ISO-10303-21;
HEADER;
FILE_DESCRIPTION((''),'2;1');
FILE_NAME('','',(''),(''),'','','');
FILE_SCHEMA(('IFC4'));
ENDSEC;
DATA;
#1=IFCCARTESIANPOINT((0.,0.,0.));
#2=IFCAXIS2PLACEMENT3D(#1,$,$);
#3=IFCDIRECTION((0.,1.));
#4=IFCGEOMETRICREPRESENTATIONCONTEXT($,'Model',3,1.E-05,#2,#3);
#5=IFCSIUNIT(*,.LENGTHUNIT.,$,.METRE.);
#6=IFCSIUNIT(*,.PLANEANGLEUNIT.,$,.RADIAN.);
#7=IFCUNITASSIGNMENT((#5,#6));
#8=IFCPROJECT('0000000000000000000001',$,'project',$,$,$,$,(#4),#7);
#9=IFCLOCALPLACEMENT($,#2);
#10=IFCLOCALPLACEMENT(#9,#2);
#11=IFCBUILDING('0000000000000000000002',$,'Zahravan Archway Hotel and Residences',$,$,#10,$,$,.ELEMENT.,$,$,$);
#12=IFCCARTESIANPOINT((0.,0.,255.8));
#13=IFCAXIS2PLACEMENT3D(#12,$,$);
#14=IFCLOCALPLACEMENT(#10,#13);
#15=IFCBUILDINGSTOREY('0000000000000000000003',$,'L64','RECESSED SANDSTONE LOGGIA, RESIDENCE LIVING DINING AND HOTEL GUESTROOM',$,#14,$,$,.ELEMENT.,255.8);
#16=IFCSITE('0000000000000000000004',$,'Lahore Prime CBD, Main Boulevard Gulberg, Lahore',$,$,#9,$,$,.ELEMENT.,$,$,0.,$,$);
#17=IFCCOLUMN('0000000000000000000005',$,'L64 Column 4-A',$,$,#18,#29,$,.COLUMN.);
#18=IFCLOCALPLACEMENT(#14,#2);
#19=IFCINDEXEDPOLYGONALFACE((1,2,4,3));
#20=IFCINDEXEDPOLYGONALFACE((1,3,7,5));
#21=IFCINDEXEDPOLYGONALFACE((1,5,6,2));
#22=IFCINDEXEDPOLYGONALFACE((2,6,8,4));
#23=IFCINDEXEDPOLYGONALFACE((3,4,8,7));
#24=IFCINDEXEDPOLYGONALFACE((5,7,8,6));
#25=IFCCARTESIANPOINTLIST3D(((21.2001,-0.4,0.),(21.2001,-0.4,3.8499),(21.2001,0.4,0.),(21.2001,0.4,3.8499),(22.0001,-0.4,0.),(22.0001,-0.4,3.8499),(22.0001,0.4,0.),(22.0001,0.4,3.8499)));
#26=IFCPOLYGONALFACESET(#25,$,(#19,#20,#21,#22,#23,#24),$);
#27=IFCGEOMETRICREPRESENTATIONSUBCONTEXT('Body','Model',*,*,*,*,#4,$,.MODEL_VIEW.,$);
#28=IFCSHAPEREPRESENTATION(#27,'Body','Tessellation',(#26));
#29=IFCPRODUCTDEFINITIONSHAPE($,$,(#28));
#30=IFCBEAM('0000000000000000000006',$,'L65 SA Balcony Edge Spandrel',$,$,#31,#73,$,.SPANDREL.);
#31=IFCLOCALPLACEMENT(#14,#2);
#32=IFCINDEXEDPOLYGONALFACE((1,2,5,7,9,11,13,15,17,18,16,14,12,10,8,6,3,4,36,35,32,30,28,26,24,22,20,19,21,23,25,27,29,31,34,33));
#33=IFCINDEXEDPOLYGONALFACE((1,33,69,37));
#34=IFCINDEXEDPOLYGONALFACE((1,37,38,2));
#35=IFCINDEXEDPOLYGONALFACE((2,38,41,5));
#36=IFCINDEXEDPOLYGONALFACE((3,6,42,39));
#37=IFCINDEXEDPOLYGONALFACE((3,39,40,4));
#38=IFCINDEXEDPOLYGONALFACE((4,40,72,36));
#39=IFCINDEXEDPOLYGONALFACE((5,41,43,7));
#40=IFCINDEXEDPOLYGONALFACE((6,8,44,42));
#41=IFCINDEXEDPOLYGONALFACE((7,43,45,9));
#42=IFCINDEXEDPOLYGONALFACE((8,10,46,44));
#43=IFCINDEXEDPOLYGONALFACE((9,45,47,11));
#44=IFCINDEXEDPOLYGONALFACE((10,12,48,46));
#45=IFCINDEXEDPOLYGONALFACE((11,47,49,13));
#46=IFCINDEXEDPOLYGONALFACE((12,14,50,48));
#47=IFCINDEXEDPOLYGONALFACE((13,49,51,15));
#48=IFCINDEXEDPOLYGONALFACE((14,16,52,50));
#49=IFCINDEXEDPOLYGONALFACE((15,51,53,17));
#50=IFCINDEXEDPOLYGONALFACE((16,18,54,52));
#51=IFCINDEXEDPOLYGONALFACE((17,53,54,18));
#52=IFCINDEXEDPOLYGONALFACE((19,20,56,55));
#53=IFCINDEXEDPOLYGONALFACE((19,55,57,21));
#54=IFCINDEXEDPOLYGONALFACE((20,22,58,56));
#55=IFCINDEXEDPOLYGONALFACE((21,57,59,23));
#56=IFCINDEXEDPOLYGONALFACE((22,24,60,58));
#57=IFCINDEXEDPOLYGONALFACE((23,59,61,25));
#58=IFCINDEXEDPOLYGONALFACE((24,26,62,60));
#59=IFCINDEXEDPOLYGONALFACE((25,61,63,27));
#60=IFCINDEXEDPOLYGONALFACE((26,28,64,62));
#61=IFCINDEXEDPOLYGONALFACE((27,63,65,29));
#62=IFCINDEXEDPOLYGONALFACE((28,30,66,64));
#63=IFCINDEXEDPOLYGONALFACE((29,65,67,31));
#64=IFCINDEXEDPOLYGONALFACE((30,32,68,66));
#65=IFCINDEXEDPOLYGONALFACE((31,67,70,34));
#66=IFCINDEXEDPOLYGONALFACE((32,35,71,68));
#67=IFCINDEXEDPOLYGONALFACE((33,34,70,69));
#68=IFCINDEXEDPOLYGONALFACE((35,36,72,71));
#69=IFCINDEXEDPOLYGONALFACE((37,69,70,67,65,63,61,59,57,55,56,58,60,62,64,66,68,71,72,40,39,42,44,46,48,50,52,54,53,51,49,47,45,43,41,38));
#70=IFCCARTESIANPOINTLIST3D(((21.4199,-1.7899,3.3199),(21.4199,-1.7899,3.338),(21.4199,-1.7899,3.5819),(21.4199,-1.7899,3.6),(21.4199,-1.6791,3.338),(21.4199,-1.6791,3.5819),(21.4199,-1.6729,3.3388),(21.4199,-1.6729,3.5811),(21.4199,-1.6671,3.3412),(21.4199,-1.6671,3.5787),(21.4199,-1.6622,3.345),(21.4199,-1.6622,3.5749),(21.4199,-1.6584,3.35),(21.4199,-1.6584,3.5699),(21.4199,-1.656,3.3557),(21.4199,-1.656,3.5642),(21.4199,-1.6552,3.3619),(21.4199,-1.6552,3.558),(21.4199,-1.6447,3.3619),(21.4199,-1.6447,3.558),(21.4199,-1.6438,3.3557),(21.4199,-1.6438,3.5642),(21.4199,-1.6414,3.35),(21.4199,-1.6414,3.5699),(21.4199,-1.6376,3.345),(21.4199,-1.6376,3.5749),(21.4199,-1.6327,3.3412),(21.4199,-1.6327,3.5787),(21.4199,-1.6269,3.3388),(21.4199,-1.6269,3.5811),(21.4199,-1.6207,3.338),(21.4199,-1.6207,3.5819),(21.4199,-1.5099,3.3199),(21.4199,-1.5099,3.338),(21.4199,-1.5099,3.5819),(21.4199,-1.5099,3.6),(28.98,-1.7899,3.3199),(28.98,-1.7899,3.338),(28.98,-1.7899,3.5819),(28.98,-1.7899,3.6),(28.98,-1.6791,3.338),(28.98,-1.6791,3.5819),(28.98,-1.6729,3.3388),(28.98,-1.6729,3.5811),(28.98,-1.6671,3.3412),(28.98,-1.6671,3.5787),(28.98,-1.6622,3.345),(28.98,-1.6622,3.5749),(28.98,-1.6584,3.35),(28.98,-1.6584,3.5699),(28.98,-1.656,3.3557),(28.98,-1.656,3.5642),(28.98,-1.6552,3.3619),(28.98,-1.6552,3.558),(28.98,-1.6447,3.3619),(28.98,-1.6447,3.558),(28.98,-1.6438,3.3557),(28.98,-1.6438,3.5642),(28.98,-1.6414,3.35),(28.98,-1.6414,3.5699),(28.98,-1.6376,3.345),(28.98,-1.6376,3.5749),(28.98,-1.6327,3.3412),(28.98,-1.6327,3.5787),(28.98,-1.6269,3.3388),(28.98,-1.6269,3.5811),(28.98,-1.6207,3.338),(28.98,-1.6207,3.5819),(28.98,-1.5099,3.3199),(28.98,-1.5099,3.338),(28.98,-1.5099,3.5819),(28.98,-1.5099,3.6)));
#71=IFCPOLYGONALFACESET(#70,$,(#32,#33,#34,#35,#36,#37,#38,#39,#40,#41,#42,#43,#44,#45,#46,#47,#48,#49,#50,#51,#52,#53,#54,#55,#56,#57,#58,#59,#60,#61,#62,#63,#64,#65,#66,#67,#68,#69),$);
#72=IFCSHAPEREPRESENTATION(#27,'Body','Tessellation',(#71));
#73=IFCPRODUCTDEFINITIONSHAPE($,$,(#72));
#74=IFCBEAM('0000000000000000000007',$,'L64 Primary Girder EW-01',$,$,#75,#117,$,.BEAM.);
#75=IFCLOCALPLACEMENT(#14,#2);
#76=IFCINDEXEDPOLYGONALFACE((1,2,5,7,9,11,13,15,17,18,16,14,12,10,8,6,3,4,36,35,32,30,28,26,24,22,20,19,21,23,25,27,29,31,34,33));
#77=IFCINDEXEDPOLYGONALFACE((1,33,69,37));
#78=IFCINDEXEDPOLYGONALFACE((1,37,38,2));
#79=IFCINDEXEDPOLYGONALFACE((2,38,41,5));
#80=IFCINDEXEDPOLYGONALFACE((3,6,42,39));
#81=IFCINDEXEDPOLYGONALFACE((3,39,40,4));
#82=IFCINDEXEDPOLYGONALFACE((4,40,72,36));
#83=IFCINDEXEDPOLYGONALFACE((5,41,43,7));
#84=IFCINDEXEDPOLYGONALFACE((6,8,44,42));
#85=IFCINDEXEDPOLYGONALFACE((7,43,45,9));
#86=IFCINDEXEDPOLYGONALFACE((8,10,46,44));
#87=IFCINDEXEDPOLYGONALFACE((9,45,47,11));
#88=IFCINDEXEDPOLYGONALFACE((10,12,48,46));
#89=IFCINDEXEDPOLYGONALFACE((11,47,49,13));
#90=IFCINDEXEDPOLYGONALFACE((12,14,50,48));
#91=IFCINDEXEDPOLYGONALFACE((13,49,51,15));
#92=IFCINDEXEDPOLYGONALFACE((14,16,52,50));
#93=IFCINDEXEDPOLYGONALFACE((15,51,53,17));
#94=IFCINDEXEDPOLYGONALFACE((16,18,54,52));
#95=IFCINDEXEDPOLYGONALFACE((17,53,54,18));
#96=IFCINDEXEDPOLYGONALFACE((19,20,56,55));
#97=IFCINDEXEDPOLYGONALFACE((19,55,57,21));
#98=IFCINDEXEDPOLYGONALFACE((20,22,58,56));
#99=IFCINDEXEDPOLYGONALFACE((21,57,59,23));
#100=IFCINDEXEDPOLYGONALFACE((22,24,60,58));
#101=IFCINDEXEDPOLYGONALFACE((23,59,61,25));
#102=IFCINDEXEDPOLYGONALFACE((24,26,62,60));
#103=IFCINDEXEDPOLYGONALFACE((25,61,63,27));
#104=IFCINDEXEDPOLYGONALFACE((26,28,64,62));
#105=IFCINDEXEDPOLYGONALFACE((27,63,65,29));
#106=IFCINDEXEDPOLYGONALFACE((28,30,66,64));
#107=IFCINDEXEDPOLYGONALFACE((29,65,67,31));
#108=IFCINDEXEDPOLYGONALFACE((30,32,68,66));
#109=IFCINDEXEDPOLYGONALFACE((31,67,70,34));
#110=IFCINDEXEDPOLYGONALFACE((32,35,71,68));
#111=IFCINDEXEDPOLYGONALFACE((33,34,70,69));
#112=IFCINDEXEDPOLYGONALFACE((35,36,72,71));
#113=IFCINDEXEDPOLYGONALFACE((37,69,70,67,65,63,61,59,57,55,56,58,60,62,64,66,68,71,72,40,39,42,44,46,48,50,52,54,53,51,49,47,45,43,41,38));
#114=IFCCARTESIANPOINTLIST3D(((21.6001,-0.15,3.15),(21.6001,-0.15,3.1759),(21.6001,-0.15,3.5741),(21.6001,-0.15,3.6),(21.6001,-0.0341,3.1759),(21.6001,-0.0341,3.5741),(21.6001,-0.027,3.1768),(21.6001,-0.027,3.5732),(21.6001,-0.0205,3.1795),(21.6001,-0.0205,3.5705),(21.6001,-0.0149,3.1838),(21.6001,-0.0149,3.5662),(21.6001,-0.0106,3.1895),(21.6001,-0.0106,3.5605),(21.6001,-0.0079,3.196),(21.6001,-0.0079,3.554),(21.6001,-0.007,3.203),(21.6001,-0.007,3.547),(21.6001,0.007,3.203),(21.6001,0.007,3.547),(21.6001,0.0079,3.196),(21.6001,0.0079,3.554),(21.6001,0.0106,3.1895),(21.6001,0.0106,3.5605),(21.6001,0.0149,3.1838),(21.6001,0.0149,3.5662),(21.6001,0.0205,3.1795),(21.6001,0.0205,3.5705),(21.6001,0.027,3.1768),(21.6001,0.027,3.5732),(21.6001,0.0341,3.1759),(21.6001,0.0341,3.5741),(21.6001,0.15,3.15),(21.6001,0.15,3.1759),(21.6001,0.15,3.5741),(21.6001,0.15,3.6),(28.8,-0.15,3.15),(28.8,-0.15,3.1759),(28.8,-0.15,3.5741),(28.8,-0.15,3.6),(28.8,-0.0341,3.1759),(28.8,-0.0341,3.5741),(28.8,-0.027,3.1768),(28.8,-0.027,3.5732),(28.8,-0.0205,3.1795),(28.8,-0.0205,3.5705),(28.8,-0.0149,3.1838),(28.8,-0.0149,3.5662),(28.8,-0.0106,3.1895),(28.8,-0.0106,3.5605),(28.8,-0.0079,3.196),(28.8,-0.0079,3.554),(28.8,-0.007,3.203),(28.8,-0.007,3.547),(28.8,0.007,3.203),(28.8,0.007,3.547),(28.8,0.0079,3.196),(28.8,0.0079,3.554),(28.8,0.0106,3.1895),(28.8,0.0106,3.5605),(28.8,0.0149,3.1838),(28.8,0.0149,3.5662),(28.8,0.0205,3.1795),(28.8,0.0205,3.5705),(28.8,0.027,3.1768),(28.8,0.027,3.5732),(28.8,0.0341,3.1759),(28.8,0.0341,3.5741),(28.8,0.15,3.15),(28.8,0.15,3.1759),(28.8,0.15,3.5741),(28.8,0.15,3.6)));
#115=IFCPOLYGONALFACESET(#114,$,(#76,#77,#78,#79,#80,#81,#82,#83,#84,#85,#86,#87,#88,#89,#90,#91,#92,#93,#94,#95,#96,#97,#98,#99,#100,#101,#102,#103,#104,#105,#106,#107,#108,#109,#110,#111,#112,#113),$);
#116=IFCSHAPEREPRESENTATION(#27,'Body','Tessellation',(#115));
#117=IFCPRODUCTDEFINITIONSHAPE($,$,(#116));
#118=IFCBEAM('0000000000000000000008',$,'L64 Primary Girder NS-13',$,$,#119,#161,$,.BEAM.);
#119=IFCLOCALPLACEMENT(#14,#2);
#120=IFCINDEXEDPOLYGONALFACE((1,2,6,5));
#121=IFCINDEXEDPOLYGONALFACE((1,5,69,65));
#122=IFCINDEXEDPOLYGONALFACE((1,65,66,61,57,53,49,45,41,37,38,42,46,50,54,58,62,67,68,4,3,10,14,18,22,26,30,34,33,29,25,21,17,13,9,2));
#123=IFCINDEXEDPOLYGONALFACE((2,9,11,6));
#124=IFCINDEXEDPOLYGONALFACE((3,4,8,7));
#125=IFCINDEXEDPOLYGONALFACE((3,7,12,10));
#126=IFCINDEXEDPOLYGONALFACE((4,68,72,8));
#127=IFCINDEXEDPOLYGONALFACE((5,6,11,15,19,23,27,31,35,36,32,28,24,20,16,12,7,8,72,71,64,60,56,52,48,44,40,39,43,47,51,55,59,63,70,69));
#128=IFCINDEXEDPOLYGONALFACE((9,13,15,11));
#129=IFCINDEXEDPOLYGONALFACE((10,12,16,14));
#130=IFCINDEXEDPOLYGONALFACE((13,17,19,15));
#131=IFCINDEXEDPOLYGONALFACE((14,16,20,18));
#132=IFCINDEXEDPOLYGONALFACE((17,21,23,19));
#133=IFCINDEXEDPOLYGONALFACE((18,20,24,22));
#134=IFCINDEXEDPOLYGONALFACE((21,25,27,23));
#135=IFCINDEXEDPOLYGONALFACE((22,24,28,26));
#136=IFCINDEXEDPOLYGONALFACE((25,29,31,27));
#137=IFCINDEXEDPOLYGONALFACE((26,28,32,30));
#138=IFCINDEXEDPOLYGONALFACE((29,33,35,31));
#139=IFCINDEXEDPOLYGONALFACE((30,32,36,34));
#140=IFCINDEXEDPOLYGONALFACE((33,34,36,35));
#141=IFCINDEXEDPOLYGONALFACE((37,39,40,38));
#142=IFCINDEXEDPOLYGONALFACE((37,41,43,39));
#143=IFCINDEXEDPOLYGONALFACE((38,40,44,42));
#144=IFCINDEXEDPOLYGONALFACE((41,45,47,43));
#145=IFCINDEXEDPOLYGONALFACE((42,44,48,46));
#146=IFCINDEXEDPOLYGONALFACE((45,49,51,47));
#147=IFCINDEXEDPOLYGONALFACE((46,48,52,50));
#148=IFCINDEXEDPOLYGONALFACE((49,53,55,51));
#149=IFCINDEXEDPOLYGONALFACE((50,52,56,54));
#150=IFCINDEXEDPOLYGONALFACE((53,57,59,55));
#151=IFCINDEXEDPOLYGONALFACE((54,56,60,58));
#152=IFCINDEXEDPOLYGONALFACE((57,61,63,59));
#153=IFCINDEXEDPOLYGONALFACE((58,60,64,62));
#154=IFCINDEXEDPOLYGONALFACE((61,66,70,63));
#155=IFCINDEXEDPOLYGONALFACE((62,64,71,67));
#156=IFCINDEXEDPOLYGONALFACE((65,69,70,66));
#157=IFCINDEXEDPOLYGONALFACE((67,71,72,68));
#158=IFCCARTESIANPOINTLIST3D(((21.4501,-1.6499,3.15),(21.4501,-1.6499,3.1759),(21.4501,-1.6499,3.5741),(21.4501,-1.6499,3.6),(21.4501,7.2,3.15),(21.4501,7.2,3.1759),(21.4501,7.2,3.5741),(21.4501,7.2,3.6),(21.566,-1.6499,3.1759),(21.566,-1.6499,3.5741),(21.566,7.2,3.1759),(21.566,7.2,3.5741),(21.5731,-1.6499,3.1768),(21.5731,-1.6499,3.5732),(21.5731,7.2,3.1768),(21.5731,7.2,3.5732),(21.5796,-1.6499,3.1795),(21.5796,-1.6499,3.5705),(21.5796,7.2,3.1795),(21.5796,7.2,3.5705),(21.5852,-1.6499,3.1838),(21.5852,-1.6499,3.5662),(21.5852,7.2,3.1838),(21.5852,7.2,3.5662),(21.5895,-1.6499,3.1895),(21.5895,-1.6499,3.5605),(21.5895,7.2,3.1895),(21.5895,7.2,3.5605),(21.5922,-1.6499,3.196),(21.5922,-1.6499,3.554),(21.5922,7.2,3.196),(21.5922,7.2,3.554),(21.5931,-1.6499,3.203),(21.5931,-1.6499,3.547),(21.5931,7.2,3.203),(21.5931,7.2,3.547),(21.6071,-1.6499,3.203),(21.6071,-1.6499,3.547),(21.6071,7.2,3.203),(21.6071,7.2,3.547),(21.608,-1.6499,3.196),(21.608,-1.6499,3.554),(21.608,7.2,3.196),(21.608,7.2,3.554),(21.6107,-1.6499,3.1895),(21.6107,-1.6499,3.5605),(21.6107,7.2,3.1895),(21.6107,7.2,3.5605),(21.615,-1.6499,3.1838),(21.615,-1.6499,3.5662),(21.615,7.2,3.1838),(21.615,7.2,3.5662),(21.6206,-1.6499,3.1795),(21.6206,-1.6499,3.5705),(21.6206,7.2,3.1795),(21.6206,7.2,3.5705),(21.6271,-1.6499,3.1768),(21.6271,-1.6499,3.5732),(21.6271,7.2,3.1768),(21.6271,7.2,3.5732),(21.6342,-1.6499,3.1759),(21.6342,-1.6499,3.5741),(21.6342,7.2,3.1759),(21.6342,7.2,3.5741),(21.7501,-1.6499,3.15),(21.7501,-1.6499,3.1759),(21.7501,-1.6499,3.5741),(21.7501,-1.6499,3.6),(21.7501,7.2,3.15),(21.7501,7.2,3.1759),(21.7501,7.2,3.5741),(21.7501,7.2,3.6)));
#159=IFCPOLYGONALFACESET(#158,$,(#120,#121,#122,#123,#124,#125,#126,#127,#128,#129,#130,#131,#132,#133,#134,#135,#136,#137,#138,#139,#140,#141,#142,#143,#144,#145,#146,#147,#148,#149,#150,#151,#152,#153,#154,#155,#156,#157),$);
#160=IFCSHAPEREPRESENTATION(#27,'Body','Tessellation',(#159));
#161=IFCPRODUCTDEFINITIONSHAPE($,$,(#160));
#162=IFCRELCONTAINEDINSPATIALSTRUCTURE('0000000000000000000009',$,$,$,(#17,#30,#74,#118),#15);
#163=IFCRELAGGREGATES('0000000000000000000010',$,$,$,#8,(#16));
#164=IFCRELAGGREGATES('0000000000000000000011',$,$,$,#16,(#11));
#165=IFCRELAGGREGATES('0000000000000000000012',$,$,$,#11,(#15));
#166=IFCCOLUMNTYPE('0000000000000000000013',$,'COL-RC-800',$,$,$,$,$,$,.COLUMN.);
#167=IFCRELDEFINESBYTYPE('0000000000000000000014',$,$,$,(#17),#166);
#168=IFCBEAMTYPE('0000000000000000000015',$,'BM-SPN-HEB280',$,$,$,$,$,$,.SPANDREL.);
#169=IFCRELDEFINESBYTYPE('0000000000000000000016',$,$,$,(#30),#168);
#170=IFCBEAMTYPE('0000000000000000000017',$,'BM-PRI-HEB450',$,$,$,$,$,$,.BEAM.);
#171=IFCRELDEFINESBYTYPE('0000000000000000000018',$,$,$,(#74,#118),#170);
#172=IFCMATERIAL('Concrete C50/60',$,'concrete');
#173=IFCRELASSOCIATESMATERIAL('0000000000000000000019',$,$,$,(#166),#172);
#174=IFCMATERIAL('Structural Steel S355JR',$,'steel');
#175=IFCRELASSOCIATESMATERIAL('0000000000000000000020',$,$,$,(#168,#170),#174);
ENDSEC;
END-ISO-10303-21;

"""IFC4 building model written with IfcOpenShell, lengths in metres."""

from ifc_helpers import new_model, si_unit, direction, frame, origin, origin_2d, place, context, subcontext, project, spatial, rectangle, i_section, extrude, source, transform, mapped, material, material_profile, profile_set, type_object, type_shapes, element, save


model = new_model("IFC4")

# Units and contexts
model_context = context("Model", 3, precision=1e-05, world=origin(), true_north=direction((0.0, 1.0)))
body_context = subcontext(model_context, "Body", "Model", "MODEL_VIEW")
ifc_project = project(units=[si_unit("LENGTHUNIT", "METRE"), si_unit("PLANEANGLEUNIT", "RADIAN")], contexts=[model_context])

# Site, building, storey
site_placement = place(None, origin())
site = spatial("IfcSite", under=ifc_project, at=site_placement, Name="Lahore Prime CBD, Main Boulevard Gulberg, Lahore", CompositionType="ELEMENT", RefElevation=0.0)
building_placement = place(site_placement, origin())
building = spatial("IfcBuilding", under=site, at=building_placement, Name="Zahravan Archway Hotel and Residences", CompositionType="ELEMENT")
storey_placement = place(building_placement, frame((0.0, 0.0, 255.8)))
storey = spatial("IfcBuildingStorey", under=building, at=storey_placement, Name="L64", Description="RECESSED SANDSTONE LOGGIA, RESIDENCE LIVING DINING AND HOTEL GUESTROOM", CompositionType="ELEMENT", Elevation=255.8)

# Column
ifc_material_1 = material(Name="Concrete C50/60", Category="concrete")
ifc_material_profile_1 = material_profile(ifc_material_1, rectangle(XDim=0.8, YDim=0.8, at=origin_2d()), Name="RC-COL-800x800", Category="concrete")
ifc_profile_set_1 = profile_set([ifc_material_profile_1], Name="Concrete C50/60")
column_type = type_object("IfcColumnType", Name="COL-RC-800", PredefinedType="COLUMN", material=ifc_profile_set_1)
shared_shape_1 = source(origin(), body_context, "Body", "SweptSolid", [
    extrude(rectangle(XDim=0.8, YDim=0.8, at=origin_2d()), origin(), (0.0, 0.0, 1.0), 3.8499),
])
column_placement = place(storey_placement, frame((21.6001, 0.0, 0.0), z_axis=(0.0, 0.0, 1.0), x_axis=(1.0, 0.0, 0.0)))
element("IfcColumn", 1, at=column_placement, inside=storey, type_object=column_type, Name="L64 Column 4-A", PredefinedType="COLUMN", context=body_context, shape_type="MappedRepresentation", body=[
    mapped(shared_shape_1, transform((0.0, 0.0, 0.0), scale=1.0)),
])

# Beams
ifc_material_2 = material(Name="Structural Steel S355JR", Category="steel")
ifc_material_profile_2 = material_profile(ifc_material_2, i_section(OverallWidth=0.28, OverallDepth=0.28, WebThickness=0.0105, FlangeThickness=0.0181, FilletRadius=0.0239, at=origin_2d()), Name="HEB 280", Category="steel")
ifc_profile_set_2 = profile_set([ifc_material_profile_2], Name="Structural Steel S355JR")
beam_type_1 = type_object("IfcBeamType", Name="BM-SPN-HEB280", PredefinedType="SPANDREL", material=ifc_profile_set_2)
shared_shape_2 = source(origin(), body_context, "Body", "SweptSolid", [
    extrude(i_section(OverallWidth=0.28, OverallDepth=0.28, WebThickness=0.0105, FlangeThickness=0.0181, FilletRadius=0.0239, at=origin_2d()), origin(), (0.0, 0.0, 1.0), 7.5601),
])
type_shapes(beam_type_1, [shared_shape_2])
beam_1_placement = place(storey_placement, frame((21.4199, -1.6499, 3.46), z_axis=(1.0, 0.0, 0.0), x_axis=(0.0, 1.0, 0.0)))
element("IfcBeam", 2, at=beam_1_placement, inside=storey, type_object=beam_type_1, Name="L65 SA Balcony Edge Spandrel", PredefinedType="SPANDREL", context=body_context, shape_type="MappedRepresentation", body=[
    mapped(shared_shape_2, transform((0.0, 0.0, 0.0), scale=1.0)),
])
ifc_material_profile_3 = material_profile(ifc_material_2, i_section(OverallWidth=0.3, OverallDepth=0.45, WebThickness=0.0139, FlangeThickness=0.0259, FilletRadius=0.0271, at=origin_2d()), Name="HEB 450", Category="steel")
ifc_profile_set_3 = profile_set([ifc_material_profile_3], Name="Structural Steel S355JR")
beam_type_2 = type_object("IfcBeamType", Name="BM-PRI-HEB450", PredefinedType="BEAM", material=ifc_profile_set_3)
shared_shape_3 = source(origin(), body_context, "Body", "SweptSolid", [
    extrude(i_section(OverallWidth=0.3, OverallDepth=0.45, WebThickness=0.0139, FlangeThickness=0.0259, FilletRadius=0.0271, at=origin_2d()), origin(), (0.0, 0.0, 1.0), 7.2),
])
beam_2_placement = place(storey_placement, frame((21.6001, 0.0, 3.375), z_axis=(1.0, 0.0, 0.0), x_axis=(0.0, 1.0, 0.0)))
element("IfcBeam", 3, at=beam_2_placement, inside=storey, type_object=beam_type_2, Name="L64 Primary Girder EW-01", PredefinedType="BEAM", context=body_context, shape_type="MappedRepresentation", body=[
    mapped(shared_shape_3, transform((0.0, 0.0, 0.0), scale=1.0)),
])
shared_shape_4 = source(origin(), body_context, "Body", "SweptSolid", [
    extrude(i_section(OverallWidth=0.3, OverallDepth=0.45, WebThickness=0.0139, FlangeThickness=0.0259, FilletRadius=0.0271, at=origin_2d()), origin(), (0.0, 0.0, 1.0), 8.8499),
])
beam_3_placement = place(storey_placement, frame((21.6001, -1.6499, 3.375), z_axis=(0.0, 1.0, 0.0), x_axis=(-1.0, 0.0, 0.0)))
element("IfcBeam", 4, at=beam_3_placement, inside=storey, type_object=beam_type_2, Name="L64 Primary Girder NS-13", PredefinedType="BEAM", context=body_context, shape_type="MappedRepresentation", body=[
    mapped(shared_shape_4, transform((0.0, 0.0, 0.0), scale=1.0)),
])

save(model, "model.ifc")
